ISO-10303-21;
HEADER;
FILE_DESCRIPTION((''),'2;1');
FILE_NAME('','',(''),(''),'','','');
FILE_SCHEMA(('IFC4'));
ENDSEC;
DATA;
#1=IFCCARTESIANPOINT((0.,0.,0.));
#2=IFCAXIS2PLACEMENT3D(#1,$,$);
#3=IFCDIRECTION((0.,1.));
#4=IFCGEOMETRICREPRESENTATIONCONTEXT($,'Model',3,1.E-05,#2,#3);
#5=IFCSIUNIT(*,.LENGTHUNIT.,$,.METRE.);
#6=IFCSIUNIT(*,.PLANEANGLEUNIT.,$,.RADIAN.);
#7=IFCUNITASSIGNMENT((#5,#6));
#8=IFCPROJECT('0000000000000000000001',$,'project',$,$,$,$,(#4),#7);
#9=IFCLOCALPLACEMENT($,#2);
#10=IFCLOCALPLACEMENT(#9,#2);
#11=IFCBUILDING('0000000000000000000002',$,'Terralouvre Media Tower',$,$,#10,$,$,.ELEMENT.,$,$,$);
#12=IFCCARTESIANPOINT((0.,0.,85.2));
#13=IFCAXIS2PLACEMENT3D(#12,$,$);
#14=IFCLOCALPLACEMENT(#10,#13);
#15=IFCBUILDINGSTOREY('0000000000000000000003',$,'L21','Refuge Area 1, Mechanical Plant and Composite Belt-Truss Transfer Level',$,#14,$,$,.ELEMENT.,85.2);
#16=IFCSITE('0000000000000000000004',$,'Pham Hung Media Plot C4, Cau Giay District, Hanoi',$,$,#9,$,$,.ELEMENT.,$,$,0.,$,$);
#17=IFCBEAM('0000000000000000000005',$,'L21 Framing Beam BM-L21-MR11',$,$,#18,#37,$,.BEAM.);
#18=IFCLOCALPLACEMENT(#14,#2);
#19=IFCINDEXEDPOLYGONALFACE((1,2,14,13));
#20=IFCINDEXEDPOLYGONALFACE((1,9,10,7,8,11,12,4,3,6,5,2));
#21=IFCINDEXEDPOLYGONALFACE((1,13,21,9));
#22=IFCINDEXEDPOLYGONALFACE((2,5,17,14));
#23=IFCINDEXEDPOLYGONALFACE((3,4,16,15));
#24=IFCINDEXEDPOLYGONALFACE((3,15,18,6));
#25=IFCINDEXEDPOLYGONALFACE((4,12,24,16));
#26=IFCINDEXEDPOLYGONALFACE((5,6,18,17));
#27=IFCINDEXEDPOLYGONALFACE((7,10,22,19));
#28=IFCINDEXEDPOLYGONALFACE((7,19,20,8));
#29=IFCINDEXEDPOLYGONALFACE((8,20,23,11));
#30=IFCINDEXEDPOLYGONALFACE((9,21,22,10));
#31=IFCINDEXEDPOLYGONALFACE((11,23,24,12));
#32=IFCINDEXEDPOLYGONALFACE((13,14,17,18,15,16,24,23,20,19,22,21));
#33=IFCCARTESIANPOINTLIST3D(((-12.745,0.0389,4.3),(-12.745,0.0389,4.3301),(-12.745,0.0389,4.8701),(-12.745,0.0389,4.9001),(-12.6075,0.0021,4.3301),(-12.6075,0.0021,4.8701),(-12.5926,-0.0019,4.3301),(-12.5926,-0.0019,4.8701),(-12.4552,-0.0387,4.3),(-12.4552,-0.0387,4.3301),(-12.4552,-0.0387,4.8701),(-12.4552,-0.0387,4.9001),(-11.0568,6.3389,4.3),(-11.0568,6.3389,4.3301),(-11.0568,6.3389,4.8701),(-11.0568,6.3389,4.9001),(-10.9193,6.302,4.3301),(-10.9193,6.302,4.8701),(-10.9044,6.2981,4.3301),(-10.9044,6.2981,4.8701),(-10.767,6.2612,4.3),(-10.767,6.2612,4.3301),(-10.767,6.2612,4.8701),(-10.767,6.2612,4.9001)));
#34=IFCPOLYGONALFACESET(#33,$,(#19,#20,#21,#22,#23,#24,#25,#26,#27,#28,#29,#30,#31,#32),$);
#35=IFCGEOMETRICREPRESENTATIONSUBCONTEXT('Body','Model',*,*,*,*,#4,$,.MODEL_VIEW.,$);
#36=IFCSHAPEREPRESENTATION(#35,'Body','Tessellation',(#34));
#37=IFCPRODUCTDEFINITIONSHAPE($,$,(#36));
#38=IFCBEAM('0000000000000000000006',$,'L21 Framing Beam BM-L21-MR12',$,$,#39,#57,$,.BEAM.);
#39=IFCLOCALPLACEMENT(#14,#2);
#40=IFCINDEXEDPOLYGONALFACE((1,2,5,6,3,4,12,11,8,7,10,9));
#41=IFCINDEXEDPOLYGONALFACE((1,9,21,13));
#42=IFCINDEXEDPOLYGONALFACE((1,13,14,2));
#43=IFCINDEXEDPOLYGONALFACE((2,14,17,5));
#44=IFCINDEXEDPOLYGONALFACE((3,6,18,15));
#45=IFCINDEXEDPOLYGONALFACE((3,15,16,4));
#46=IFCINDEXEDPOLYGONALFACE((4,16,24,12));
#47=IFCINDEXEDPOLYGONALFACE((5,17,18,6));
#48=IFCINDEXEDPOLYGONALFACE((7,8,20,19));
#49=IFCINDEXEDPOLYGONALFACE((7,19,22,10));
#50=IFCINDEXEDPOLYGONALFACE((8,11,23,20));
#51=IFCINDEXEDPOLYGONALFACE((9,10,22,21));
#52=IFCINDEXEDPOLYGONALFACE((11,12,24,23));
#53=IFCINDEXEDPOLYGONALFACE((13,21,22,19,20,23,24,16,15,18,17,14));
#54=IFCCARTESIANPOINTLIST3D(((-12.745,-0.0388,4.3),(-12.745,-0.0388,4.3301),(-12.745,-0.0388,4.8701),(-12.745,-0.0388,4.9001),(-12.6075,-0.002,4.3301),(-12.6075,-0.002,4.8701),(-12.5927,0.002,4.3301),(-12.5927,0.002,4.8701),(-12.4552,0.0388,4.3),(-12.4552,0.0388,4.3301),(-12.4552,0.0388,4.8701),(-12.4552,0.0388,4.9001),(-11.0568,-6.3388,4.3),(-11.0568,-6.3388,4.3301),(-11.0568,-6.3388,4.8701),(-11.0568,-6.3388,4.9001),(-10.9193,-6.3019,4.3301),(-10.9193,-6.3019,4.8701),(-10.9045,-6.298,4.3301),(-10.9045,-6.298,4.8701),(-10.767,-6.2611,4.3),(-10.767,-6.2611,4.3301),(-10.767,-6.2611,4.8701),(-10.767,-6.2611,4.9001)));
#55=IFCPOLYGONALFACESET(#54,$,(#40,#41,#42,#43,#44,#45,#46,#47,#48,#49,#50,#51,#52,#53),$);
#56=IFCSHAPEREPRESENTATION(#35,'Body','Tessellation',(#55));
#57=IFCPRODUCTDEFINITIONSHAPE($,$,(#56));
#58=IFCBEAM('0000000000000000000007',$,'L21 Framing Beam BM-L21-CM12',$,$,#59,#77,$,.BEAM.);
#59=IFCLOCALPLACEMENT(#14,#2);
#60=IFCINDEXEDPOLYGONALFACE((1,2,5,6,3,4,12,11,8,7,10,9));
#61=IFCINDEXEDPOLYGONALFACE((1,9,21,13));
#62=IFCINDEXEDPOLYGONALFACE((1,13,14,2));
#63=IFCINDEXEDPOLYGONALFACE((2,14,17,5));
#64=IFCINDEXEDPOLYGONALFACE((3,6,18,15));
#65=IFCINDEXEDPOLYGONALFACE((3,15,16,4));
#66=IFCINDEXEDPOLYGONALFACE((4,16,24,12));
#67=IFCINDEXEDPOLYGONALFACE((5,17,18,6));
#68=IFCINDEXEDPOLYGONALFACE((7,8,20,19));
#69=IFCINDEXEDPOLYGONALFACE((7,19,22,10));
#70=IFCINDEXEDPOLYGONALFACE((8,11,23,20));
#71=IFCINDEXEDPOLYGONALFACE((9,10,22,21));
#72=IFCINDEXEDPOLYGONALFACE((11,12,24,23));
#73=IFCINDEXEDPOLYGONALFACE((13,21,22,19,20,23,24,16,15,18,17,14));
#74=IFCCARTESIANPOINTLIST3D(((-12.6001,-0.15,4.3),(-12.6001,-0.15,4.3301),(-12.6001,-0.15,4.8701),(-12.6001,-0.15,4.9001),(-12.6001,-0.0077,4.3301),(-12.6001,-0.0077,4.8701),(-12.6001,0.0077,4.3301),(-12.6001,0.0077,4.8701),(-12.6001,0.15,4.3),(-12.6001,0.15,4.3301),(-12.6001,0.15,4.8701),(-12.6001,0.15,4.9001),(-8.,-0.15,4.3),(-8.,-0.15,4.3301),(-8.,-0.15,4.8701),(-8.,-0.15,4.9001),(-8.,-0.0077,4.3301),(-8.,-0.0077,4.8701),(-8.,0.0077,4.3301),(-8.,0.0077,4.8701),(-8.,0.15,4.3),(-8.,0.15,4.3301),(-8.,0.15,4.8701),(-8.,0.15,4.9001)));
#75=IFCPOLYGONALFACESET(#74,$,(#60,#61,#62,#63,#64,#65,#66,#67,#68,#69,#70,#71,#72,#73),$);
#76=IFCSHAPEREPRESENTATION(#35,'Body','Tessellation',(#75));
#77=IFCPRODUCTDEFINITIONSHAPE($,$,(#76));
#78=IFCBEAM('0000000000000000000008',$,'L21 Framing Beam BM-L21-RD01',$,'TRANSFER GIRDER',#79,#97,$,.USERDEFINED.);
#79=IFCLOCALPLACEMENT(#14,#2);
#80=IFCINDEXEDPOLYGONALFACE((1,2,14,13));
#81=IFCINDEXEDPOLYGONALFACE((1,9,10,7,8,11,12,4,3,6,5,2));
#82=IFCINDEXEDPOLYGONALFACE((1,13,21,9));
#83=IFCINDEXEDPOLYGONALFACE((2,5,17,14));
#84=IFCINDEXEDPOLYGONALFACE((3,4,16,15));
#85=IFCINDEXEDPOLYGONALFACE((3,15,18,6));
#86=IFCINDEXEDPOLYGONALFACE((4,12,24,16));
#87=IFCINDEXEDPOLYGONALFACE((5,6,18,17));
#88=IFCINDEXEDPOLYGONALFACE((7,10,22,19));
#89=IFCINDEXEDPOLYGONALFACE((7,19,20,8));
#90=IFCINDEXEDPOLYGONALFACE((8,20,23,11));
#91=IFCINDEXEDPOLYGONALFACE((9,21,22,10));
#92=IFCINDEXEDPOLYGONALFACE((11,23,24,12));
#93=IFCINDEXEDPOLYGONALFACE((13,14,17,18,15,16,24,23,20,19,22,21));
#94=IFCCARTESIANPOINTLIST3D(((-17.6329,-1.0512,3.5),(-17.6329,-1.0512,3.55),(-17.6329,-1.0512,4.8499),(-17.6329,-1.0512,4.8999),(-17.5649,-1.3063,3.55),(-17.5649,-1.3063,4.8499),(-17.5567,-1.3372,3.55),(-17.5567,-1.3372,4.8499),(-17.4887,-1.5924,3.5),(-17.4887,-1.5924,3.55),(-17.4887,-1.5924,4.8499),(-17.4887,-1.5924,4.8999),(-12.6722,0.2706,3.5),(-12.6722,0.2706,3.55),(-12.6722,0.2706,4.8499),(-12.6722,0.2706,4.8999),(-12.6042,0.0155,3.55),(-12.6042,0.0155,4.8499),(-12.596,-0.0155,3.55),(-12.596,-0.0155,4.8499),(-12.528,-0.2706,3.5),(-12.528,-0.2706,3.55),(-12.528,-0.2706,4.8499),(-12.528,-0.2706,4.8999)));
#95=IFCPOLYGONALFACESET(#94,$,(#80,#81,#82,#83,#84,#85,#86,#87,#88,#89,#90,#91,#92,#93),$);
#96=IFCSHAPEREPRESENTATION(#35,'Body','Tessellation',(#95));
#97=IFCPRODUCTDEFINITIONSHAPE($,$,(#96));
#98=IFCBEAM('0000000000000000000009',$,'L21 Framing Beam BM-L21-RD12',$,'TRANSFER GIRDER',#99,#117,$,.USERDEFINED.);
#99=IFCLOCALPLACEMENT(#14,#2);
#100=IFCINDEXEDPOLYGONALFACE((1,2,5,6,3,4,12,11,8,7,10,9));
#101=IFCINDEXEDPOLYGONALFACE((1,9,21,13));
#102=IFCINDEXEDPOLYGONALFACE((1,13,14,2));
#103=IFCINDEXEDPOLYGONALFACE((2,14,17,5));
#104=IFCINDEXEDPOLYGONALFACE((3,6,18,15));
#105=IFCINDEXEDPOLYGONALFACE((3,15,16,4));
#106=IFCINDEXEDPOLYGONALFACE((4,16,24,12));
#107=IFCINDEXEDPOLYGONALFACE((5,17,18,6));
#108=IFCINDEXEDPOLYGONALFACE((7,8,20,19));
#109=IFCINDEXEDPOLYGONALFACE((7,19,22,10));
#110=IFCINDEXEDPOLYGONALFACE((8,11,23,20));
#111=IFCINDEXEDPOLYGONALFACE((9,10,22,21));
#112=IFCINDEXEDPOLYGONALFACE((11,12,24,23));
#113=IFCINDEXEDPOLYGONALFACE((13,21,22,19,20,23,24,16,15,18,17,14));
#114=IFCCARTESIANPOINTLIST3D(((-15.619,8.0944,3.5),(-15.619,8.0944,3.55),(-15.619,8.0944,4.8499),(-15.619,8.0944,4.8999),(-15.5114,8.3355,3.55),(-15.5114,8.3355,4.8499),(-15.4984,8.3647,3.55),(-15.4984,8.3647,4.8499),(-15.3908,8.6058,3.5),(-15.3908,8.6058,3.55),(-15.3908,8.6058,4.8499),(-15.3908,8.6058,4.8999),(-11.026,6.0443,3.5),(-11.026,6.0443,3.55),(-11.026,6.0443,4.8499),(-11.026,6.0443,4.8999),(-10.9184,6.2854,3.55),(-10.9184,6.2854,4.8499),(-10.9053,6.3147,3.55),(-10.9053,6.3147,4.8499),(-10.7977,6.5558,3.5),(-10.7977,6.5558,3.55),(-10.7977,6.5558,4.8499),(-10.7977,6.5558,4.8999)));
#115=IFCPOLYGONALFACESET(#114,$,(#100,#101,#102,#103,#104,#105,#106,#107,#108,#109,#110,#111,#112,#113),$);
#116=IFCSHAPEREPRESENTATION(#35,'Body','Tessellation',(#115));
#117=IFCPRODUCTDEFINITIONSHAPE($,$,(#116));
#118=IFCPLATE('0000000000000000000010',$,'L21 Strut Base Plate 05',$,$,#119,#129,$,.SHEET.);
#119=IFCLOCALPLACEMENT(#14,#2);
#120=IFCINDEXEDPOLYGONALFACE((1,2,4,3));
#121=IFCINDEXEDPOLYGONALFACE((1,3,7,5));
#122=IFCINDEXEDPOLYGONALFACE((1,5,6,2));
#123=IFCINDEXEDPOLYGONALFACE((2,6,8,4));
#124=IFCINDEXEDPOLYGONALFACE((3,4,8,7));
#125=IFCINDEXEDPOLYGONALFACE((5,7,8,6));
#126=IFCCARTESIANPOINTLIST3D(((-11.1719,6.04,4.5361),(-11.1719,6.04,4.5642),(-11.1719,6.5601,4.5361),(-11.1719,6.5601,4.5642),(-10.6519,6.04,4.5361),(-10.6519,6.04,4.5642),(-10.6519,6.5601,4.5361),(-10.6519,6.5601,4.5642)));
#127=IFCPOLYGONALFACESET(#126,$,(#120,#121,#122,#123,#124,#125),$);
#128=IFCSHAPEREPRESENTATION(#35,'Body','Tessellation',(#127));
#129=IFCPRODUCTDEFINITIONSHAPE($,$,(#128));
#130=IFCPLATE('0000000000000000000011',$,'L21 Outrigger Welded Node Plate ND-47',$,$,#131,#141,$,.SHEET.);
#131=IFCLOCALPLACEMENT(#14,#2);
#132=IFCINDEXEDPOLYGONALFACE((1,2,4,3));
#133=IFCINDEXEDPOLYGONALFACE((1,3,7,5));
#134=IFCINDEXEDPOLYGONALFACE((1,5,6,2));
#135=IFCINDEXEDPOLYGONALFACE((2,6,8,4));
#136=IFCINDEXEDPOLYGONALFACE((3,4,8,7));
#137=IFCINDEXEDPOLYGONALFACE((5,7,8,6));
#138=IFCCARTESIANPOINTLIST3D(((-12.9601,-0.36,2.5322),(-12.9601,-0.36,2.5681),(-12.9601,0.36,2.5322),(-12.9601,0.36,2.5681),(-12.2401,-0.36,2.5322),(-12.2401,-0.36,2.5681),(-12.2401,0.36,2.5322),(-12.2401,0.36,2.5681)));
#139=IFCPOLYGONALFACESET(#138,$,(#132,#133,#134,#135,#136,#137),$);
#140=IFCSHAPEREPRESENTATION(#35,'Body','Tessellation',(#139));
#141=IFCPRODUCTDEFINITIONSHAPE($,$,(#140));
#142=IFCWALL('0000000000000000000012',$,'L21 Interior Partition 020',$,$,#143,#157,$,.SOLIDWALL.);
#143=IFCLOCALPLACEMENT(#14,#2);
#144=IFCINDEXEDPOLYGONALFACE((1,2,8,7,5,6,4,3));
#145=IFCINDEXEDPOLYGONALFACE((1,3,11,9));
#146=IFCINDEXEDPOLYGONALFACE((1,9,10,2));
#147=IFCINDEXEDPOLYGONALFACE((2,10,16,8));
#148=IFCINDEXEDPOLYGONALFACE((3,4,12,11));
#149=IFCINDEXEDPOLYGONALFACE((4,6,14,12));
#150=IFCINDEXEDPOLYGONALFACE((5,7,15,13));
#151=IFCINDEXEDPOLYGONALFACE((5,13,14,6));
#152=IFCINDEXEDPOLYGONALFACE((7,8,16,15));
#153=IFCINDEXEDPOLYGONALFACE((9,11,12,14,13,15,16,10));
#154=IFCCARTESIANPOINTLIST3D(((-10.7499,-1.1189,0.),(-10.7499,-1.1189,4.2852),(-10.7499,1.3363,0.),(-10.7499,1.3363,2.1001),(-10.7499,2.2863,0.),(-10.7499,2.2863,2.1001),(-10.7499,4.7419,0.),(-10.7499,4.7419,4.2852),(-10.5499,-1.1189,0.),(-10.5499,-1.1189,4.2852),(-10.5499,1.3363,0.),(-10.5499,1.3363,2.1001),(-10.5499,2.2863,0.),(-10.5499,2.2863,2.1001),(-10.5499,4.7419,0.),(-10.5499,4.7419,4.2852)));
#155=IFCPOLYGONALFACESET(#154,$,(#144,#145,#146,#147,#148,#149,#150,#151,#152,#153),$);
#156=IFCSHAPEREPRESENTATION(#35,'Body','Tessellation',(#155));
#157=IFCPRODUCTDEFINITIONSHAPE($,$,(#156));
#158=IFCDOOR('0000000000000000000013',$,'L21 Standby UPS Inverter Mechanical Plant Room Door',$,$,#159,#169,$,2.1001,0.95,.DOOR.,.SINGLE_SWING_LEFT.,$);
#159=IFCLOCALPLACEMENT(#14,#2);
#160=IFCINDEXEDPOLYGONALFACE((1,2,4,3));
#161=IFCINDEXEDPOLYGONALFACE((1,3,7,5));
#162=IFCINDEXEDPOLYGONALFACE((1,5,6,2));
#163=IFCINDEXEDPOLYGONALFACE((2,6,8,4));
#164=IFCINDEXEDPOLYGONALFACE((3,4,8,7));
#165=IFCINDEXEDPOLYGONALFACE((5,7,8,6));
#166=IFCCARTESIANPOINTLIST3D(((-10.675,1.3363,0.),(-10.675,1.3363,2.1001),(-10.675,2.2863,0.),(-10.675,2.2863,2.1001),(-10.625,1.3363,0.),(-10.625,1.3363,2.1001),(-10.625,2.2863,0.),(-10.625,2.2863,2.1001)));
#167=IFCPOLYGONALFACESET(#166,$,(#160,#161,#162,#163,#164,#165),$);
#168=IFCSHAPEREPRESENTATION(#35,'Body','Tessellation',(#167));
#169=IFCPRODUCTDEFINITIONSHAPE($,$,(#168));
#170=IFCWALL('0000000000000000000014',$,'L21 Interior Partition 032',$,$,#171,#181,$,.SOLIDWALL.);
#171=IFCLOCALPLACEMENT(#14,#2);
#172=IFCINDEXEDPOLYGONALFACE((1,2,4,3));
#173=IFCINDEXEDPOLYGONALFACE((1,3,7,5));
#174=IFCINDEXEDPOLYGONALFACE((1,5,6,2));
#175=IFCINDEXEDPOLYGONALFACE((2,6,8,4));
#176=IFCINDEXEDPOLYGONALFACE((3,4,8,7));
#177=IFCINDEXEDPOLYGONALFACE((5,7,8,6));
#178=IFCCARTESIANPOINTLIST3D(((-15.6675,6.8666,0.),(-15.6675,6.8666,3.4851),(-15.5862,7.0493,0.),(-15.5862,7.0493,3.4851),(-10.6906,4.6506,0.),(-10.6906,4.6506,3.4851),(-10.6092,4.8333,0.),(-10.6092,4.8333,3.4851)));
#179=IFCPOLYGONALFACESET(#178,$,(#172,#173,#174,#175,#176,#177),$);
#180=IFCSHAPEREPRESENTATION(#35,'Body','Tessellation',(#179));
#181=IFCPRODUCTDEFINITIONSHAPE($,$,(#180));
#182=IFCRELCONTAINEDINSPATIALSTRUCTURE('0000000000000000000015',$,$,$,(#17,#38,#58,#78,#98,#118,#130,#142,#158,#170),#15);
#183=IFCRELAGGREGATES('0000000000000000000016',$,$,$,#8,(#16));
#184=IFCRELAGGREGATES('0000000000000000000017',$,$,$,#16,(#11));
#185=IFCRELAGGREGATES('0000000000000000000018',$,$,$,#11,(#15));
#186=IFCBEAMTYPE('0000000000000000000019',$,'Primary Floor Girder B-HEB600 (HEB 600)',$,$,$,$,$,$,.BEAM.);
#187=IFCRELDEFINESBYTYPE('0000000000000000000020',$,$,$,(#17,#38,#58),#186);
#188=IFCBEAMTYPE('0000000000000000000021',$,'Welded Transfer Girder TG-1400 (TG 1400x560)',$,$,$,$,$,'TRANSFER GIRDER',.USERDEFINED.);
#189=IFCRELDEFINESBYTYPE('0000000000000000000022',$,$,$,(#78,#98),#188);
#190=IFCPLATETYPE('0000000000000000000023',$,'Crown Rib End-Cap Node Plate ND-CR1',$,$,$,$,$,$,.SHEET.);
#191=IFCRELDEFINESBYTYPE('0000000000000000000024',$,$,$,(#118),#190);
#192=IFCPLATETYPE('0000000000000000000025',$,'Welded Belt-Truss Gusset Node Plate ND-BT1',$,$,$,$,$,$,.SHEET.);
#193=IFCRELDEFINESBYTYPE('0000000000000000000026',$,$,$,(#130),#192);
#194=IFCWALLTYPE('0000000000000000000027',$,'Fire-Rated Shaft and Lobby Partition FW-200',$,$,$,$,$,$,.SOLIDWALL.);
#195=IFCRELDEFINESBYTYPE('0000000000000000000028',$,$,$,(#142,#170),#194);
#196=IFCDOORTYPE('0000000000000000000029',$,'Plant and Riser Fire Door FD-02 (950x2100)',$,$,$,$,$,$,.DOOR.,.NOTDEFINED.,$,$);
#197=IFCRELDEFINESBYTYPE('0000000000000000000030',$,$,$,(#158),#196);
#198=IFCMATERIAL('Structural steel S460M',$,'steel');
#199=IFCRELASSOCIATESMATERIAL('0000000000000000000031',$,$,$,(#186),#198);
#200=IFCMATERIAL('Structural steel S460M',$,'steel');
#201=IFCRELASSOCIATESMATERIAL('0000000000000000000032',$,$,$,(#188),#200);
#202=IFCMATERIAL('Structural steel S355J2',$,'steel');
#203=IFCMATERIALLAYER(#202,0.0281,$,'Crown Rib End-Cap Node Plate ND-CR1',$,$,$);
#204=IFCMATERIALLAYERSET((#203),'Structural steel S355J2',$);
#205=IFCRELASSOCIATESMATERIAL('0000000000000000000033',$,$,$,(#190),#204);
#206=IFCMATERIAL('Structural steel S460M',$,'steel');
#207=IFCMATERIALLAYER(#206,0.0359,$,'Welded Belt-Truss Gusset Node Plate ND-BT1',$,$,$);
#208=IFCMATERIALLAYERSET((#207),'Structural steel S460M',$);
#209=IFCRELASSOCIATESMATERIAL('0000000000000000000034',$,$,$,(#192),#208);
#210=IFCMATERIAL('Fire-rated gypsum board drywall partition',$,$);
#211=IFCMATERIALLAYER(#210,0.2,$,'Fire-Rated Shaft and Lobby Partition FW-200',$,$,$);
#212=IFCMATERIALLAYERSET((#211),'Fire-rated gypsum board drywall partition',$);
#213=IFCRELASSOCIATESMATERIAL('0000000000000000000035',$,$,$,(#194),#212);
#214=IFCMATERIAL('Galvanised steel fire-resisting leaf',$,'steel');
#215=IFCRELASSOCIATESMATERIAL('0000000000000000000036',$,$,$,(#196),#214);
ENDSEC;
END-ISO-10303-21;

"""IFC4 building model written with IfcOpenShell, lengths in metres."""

from ifc_helpers import new_model, si_unit, direction, frame, frame_2d, origin, origin_2d, place, context, subcontext, project, spatial, rectangle, i_section, extrude, material, layer, layer_set, material_profile, profile_set, type_object, element, fill, save


model = new_model("IFC4")

# Units and contexts
model_context = context("Model", 3, precision=1e-05, world=origin(), true_north=direction((0.0, 1.0)))
body_context = subcontext(model_context, "Body", "Model", "MODEL_VIEW")
ifc_project = project(units=[si_unit("LENGTHUNIT", "METRE"), si_unit("PLANEANGLEUNIT", "RADIAN")], contexts=[model_context])

# Site, building, storey
site_placement = place(None, origin())
site = spatial("IfcSite", under=ifc_project, at=site_placement, Name="Pham Hung Media Plot C4, Cau Giay District, Hanoi", CompositionType="ELEMENT", RefElevation=0.0)
building_placement = place(site_placement, origin())
building = spatial("IfcBuilding", under=site, at=building_placement, Name="Terralouvre Media Tower", CompositionType="ELEMENT")
storey_placement = place(building_placement, frame((0.0, 0.0, 85.2)))
storey = spatial("IfcBuildingStorey", under=building, at=storey_placement, Name="L21", Description="Refuge Area 1, Mechanical Plant and Composite Belt-Truss Transfer Level", CompositionType="ELEMENT", Elevation=85.2)

# Beams
ifc_material_1 = material(Name="Structural steel S460M", Category="steel")
ifc_material_profile_1 = material_profile(ifc_material_1, i_section(OverallWidth=0.3, OverallDepth=0.6001, WebThickness=0.0154, FlangeThickness=0.03, at=origin_2d()), Name="HEB 600")
ifc_profile_set_1 = profile_set([ifc_material_profile_1], Name="Structural steel S460M")
beam_type_1 = type_object("IfcBeamType", Name="Primary Floor Girder B-HEB600 (HEB 600)", PredefinedType="BEAM", material=ifc_profile_set_1)
for number, where, z_axis, x_axis, name in (
    (1, (-10.9119, 6.3, 4.6001), (-0.258839, -0.96592, 0.0), (0.96592, -0.258839, 0.0), "L21 Framing Beam BM-L21-MR11"),
    (2, (-12.6001, 0.0, 4.6001), (0.258839, -0.96592, 0.0), (0.96592, 0.258839, 0.0), "L21 Framing Beam BM-L21-MR12"),
):
    element("IfcBeam", number, at=place(storey_placement, frame(where, z_axis=z_axis, x_axis=x_axis)), inside=storey, type_object=beam_type_1, Name=name, PredefinedType="BEAM", context=body_context, shape_type="SweptSolid", body=[
        extrude(i_section(OverallWidth=0.3, OverallDepth=0.6001, WebThickness=0.0154, FlangeThickness=0.03, at=origin_2d()), origin(), (0.0, 0.0, 1.0), 6.5222),
    ])
beam_1_placement = place(storey_placement, frame((-8.0, 0.0, 4.6001), z_axis=(-1.0, 0.0, 0.0), x_axis=(0.0, -1.0, 0.0)))
element("IfcBeam", 3, at=beam_1_placement, inside=storey, type_object=beam_type_1, Name="L21 Framing Beam BM-L21-CM12", PredefinedType="BEAM", context=body_context, shape_type="SweptSolid", body=[
    extrude(i_section(OverallWidth=0.3, OverallDepth=0.6001, WebThickness=0.0154, FlangeThickness=0.03, at=origin_2d()), origin(), (0.0, 0.0, 1.0), 4.6001),
])
ifc_material_2 = material(Name="Structural steel S460M", Category="steel")
ifc_material_profile_2 = material_profile(ifc_material_2, i_section(OverallWidth=0.5601, OverallDepth=1.3999, WebThickness=0.032, FlangeThickness=0.05, at=origin_2d()), Name="TG 1400x560")
ifc_profile_set_2 = profile_set([ifc_material_profile_2], Name="Structural steel S460M")
beam_type_2 = type_object("IfcBeamType", Name="Welded Transfer Girder TG-1400 (TG 1400x560)", ElementType="TRANSFER GIRDER", PredefinedType="USERDEFINED", material=ifc_profile_set_2)
beam_2_placement = place(storey_placement, frame((-12.6001, 0.0, 4.2), z_axis=(-0.966287, -0.257467, 0.0), x_axis=(0.257467, -0.966287, 0.0)))
element("IfcBeam", 4, at=beam_2_placement, inside=storey, type_object=beam_type_2, Name="L21 Framing Beam BM-L21-RD01", ObjectType="TRANSFER GIRDER", PredefinedType="USERDEFINED", context=body_context, shape_type="SweptSolid", body=[
    extrude(i_section(OverallWidth=0.5601, OverallDepth=1.3999, WebThickness=0.032, FlangeThickness=0.05, at=origin_2d()), origin(), (0.0, 0.0, 1.0), 5.1338),
])
beam_3_placement = place(storey_placement, frame((-10.9119, 6.3, 4.2), z_axis=(-0.913168, 0.407584, 0.0), x_axis=(-0.407584, -0.913168, 0.0)))
element("IfcBeam", 5, at=beam_3_placement, inside=storey, type_object=beam_type_2, Name="L21 Framing Beam BM-L21-RD12", ObjectType="TRANSFER GIRDER", PredefinedType="USERDEFINED", context=body_context, shape_type="SweptSolid", body=[
    extrude(i_section(OverallWidth=0.5601, OverallDepth=1.3999, WebThickness=0.032, FlangeThickness=0.05, at=origin_2d()), origin(), (0.0, 0.0, 1.0), 5.0298),
])

# Plates
ifc_material_3 = material(Name="Structural steel S355J2", Category="steel")
ifc_layer_1 = layer(ifc_material_3, 0.0281, Name="Crown Rib End-Cap Node Plate ND-CR1")
ifc_layer_set_1 = layer_set([ifc_layer_1], Name="Structural steel S355J2")
plate_type_1 = type_object("IfcPlateType", Name="Crown Rib End-Cap Node Plate ND-CR1", PredefinedType="SHEET", material=ifc_layer_set_1)
plate_1_placement = place(storey_placement, frame((-10.9119, 6.3, 4.5361), z_axis=(0.0, 0.0, 1.0), x_axis=(1.0, 0.0, 0.0)))
element("IfcPlate", 6, at=plate_1_placement, inside=storey, type_object=plate_type_1, Name="L21 Strut Base Plate 05", PredefinedType="SHEET", context=body_context, shape_type="SweptSolid", body=[
    extrude(rectangle(XDim=0.52, YDim=0.52, at=origin_2d()), origin(), (0.0, 0.0, 1.0), 0.0281),
])
ifc_material_4 = material(Name="Structural steel S460M", Category="steel")
ifc_layer_2 = layer(ifc_material_4, 0.0359, Name="Welded Belt-Truss Gusset Node Plate ND-BT1")
ifc_layer_set_2 = layer_set([ifc_layer_2], Name="Structural steel S460M")
plate_type_2 = type_object("IfcPlateType", Name="Welded Belt-Truss Gusset Node Plate ND-BT1", PredefinedType="SHEET", material=ifc_layer_set_2)
plate_2_placement = place(storey_placement, frame((-12.6001, 0.0, 2.5322), z_axis=(0.0, 0.0, 1.0), x_axis=(1.0, 0.0, 0.0)))
element("IfcPlate", 7, at=plate_2_placement, inside=storey, type_object=plate_type_2, Name="L21 Outrigger Welded Node Plate ND-47", PredefinedType="SHEET", context=body_context, shape_type="SweptSolid", body=[
    extrude(rectangle(XDim=0.72, YDim=0.72, at=origin_2d()), origin(), (0.0, 0.0, 1.0), 0.0359),
])

# Wall, opening, door
ifc_material_5 = material(Name="Fire-rated gypsum board drywall partition")
ifc_layer_3 = layer(ifc_material_5, 0.2, Name="Fire-Rated Shaft and Lobby Partition FW-200")
ifc_layer_set_3 = layer_set([ifc_layer_3], Name="Fire-rated gypsum board drywall partition")
wall_type = type_object("IfcWallType", Name="Fire-Rated Shaft and Lobby Partition FW-200", PredefinedType="SOLIDWALL", material=ifc_layer_set_3)
wall_1_placement = place(storey_placement, frame((-10.6499, 4.7419, 0.0), z_axis=(0.0, 0.0, 1.0), x_axis=(0.0, -1.0, 0.0)))
wall_1 = element("IfcWall", 8, at=wall_1_placement, inside=storey, type_object=wall_type, Name="L21 Interior Partition 020", PredefinedType="SOLIDWALL", context=body_context, shape_type="SweptSolid", body=[
    extrude(rectangle(XDim=5.8608, YDim=0.2, at=frame_2d((2.9304, 0.0))), origin(), (0.0, 0.0, 1.0), 4.2852),
])
opening_placement = place(wall_1_placement, frame((2.4556, 0.0, 0.0)))
opening = element("IfcOpeningElement", 9, at=opening_placement, cuts=wall_1, PredefinedType="OPENING", context=body_context, shape_type="SweptSolid", body=[
    extrude(rectangle(XDim=0.95, YDim=2.1001, at=frame_2d((0.4751, 1.05))), frame((0.0, 0.1099, 0.0), z_axis=(0.0, -1.0, 0.0), x_axis=(1.0, 0.0, 0.0)), (0.0, 0.0, 1.0), 0.22),
])
ifc_material_6 = material(Name="Galvanised steel fire-resisting leaf", Category="steel")
door_type = type_object("IfcDoorType", Name="Plant and Riser Fire Door FD-02 (950x2100)", OperationType="NOTDEFINED", PredefinedType="DOOR", material=ifc_material_6)
door_placement = place(opening_placement, origin())
door = element("IfcDoor", 10, at=door_placement, inside=storey, type_object=door_type, Name="L21 Standby UPS Inverter Mechanical Plant Room Door", OperationType="SINGLE_SWING_LEFT", OverallHeight=2.1001, OverallWidth=0.95, PredefinedType="DOOR", context=body_context, shape_type="SweptSolid", body=[
    extrude(rectangle(XDim=0.95, YDim=2.1001, at=frame_2d((0.4751, 1.05))), frame((0.0, 0.0249, 0.0), z_axis=(0.0, -1.0, 0.0), x_axis=(1.0, 0.0, 0.0)), (0.0, 0.0, 1.0), 0.05),
])
fill(opening, door)

# Wall
wall_2_placement = place(storey_placement, frame((-15.627, 6.958, 0.0), z_axis=(0.0, 0.0, 1.0), x_axis=(0.913536, -0.406758, 0.0)))
element("IfcWall", 11, at=wall_2_placement, inside=storey, type_object=wall_type, Name="L21 Interior Partition 032", PredefinedType="SOLIDWALL", context=body_context, shape_type="SweptSolid", body=[
    extrude(rectangle(XDim=5.448, YDim=0.2, at=frame_2d((2.7241, 0.0))), origin(), (0.0, 0.0, 1.0), 3.4851),
])

save(model, "model.ifc")
